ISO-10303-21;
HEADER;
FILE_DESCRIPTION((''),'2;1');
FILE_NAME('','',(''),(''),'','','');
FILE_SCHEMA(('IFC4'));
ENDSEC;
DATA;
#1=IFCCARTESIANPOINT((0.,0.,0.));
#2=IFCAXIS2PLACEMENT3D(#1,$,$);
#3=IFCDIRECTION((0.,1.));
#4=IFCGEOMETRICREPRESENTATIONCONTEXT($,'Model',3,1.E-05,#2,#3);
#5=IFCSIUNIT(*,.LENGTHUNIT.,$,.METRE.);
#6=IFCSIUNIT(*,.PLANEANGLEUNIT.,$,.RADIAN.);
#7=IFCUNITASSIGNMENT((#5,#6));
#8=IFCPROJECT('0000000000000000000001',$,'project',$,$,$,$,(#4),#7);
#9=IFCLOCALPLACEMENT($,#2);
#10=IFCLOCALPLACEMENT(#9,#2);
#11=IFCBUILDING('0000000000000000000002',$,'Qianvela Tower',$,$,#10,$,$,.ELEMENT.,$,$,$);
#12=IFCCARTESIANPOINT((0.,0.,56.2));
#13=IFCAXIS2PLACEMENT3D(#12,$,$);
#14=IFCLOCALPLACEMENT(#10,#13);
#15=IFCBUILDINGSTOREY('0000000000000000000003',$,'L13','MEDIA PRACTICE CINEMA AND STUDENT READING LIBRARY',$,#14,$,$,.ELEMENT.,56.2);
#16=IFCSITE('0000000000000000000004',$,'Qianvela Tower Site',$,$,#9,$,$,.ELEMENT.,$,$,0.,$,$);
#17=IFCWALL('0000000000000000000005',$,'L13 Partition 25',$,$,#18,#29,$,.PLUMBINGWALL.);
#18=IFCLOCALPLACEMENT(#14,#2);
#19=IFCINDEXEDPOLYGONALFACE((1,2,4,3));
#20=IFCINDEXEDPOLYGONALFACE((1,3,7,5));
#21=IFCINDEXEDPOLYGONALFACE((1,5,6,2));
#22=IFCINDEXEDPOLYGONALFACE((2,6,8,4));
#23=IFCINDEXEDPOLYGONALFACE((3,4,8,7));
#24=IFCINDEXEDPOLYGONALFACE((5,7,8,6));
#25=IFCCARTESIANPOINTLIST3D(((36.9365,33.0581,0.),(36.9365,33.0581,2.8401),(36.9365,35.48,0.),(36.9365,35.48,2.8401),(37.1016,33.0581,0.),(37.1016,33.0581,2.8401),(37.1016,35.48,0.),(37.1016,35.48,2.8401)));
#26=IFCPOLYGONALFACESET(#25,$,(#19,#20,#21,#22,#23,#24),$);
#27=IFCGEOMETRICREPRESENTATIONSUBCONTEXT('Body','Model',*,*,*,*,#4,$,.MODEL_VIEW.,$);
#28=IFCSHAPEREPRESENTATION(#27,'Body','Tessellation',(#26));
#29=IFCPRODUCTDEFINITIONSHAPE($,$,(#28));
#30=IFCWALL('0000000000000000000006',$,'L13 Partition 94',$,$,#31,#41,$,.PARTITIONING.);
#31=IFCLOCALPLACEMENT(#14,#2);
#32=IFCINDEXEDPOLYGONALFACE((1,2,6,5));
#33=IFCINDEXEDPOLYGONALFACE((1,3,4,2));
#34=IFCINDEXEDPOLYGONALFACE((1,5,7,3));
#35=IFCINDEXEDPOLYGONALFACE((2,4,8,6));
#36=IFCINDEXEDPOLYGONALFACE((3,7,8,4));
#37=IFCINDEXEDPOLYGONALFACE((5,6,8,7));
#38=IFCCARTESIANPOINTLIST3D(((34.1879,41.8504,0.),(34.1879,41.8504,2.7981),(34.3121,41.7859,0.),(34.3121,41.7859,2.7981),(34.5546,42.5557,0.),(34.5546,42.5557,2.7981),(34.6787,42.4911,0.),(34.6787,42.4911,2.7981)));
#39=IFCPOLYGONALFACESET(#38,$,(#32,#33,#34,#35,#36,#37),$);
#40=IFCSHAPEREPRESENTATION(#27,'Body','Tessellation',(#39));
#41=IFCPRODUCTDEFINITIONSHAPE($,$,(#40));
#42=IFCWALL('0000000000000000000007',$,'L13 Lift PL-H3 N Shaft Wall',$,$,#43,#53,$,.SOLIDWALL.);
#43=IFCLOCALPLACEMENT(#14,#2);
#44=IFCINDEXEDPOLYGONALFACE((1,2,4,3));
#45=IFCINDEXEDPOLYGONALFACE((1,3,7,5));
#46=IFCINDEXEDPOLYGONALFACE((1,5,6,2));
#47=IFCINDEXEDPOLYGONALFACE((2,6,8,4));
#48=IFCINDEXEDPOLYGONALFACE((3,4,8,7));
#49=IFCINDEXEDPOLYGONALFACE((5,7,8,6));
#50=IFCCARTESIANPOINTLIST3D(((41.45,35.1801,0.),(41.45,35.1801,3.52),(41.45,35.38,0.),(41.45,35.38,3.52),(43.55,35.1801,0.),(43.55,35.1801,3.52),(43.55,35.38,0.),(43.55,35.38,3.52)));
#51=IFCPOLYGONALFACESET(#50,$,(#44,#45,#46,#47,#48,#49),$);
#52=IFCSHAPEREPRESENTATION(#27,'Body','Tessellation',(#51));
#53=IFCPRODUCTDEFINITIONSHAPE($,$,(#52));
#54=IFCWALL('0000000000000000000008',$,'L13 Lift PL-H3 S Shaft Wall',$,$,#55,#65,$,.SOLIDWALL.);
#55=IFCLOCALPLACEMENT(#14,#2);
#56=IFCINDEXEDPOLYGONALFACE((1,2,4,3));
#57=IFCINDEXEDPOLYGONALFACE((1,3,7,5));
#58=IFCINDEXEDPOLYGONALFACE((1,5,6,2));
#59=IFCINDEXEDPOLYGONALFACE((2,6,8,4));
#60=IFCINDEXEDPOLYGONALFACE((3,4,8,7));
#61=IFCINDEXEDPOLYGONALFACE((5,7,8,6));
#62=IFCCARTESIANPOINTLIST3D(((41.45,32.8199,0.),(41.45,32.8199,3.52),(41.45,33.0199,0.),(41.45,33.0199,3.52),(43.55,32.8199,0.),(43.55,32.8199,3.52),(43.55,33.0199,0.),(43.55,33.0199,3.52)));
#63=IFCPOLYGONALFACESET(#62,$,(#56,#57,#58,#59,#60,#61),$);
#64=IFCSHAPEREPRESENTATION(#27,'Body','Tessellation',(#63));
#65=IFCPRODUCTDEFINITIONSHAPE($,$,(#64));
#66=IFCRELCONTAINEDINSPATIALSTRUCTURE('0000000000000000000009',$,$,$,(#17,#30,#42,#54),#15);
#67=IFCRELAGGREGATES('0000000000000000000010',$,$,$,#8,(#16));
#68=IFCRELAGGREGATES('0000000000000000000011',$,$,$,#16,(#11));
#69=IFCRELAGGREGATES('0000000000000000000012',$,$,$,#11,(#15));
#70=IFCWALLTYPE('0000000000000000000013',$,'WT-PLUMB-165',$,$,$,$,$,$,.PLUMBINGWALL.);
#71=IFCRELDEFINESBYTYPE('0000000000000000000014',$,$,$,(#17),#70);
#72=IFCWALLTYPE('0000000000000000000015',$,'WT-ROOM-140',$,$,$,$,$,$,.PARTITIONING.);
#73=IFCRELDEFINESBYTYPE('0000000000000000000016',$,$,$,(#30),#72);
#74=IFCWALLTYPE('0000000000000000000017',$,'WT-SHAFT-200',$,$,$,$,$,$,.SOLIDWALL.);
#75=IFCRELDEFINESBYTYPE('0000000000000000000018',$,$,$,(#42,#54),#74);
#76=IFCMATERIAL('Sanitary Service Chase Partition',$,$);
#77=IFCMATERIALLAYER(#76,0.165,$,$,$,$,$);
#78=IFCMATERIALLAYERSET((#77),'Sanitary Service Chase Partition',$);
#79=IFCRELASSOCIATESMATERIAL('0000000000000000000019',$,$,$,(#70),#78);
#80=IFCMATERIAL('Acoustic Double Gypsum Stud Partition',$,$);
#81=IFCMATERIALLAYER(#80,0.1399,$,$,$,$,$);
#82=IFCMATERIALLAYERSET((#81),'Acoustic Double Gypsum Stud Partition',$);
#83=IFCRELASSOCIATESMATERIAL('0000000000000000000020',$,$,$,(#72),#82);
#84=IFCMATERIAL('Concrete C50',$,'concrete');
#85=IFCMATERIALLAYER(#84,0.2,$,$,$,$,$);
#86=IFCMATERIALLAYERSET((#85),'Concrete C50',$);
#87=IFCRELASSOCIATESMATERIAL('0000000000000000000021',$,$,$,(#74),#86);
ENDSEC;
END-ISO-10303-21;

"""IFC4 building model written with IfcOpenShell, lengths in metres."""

from ifc_helpers import new_model, si_unit, direction, frame, frame_2d, origin, place, context, subcontext, project, spatial, rectangle, extrude, material, layer, layer_set, type_object, element, save


model = new_model("IFC4")

# Units and contexts
model_context = context("Model", 3, precision=1e-05, world=origin(), true_north=direction((0.0, 1.0)))
body_context = subcontext(model_context, "Body", "Model", "MODEL_VIEW")
ifc_project = project(units=[si_unit("LENGTHUNIT", "METRE"), si_unit("PLANEANGLEUNIT", "RADIAN")], contexts=[model_context])

# Site, building, storey
site_placement = place(None, origin())
site = spatial("IfcSite", under=ifc_project, at=site_placement, Name="Qianvela Tower Site", CompositionType="ELEMENT", RefElevation=0.0)
building_placement = place(site_placement, origin())
building = spatial("IfcBuilding", under=site, at=building_placement, Name="Qianvela Tower", CompositionType="ELEMENT")
storey_placement = place(building_placement, frame((0.0, 0.0, 56.2)))
storey = spatial("IfcBuildingStorey", under=building, at=storey_placement, Name="L13", Description="MEDIA PRACTICE CINEMA AND STUDENT READING LIBRARY", CompositionType="ELEMENT", Elevation=56.2)

# Shared definitions
ifc_material_1 = material(Name="Sanitary Service Chase Partition")
ifc_layer_1 = layer(ifc_material_1, 0.165)
ifc_layer_set_1 = layer_set([ifc_layer_1], Name="Sanitary Service Chase Partition")
wall_type_1 = type_object("IfcWallType", Name="WT-PLUMB-165", PredefinedType="PLUMBINGWALL", material=ifc_layer_set_1)

# Walls
wall_1_placement = place(storey_placement, frame((37.019, 35.48, 0.0), z_axis=(0.0, 0.0, 1.0), x_axis=(0.0, -1.0, 0.0)))
element("IfcWall", 1, at=wall_1_placement, inside=storey, type_object=wall_type_1, Name="L13 Partition 25", PredefinedType="PLUMBINGWALL", context=body_context, shape_type="SweptSolid", body=[
    extrude(rectangle(XDim=2.4219, YDim=0.165, at=frame_2d((1.2109, 0.0))), origin(), (0.0, 0.0, 1.0), 2.8401),
])
ifc_material_2 = material(Name="Acoustic Double Gypsum Stud Partition")
ifc_layer_2 = layer(ifc_material_2, 0.1399)
ifc_layer_set_2 = layer_set([ifc_layer_2], Name="Acoustic Double Gypsum Stud Partition")
wall_type_2 = type_object("IfcWallType", Name="WT-ROOM-140", PredefinedType="PARTITIONING", material=ifc_layer_set_2)
wall_2_placement = place(storey_placement, frame((34.25, 41.8181, 0.0), z_axis=(0.0, 0.0, 1.0), x_axis=(0.461285, 0.887252, 0.0)))
element("IfcWall", 2, at=wall_2_placement, inside=storey, type_object=wall_type_2, Name="L13 Partition 94", PredefinedType="PARTITIONING", context=body_context, shape_type="SweptSolid", body=[
    extrude(rectangle(XDim=0.7949, YDim=0.1399, at=frame_2d((0.3975, 0.0))), origin(), (0.0, 0.0, 1.0), 2.7981),
])
ifc_material_3 = material(Name="Concrete C50", Category="concrete")
ifc_layer_3 = layer(ifc_material_3, 0.2)
ifc_layer_set_3 = layer_set([ifc_layer_3], Name="Concrete C50")
wall_type_3 = type_object("IfcWallType", Name="WT-SHAFT-200", PredefinedType="SOLIDWALL", material=ifc_layer_set_3)
for number, where, z_axis, x_axis, name in (
    (3, (41.45, 35.28, 0.0), (0.0, 0.0, 1.0), (1.0, 0.0, 0.0), "L13 Lift PL-H3 N Shaft Wall"),
    (4, (41.45, 32.9199, 0.0), (0.0, 0.0, 1.0), (1.0, 0.0, 0.0), "L13 Lift PL-H3 S Shaft Wall"),
):
    element("IfcWall", number, at=place(storey_placement, frame(where, z_axis=z_axis, x_axis=x_axis)), inside=storey, type_object=wall_type_3, Name=name, PredefinedType="SOLIDWALL", context=body_context, shape_type="SweptSolid", body=[
        extrude(rectangle(XDim=2.1001, YDim=0.2, at=frame_2d((1.05, 0.0))), origin(), (0.0, 0.0, 1.0), 3.52),
    ])

save(model, "model.ifc")
